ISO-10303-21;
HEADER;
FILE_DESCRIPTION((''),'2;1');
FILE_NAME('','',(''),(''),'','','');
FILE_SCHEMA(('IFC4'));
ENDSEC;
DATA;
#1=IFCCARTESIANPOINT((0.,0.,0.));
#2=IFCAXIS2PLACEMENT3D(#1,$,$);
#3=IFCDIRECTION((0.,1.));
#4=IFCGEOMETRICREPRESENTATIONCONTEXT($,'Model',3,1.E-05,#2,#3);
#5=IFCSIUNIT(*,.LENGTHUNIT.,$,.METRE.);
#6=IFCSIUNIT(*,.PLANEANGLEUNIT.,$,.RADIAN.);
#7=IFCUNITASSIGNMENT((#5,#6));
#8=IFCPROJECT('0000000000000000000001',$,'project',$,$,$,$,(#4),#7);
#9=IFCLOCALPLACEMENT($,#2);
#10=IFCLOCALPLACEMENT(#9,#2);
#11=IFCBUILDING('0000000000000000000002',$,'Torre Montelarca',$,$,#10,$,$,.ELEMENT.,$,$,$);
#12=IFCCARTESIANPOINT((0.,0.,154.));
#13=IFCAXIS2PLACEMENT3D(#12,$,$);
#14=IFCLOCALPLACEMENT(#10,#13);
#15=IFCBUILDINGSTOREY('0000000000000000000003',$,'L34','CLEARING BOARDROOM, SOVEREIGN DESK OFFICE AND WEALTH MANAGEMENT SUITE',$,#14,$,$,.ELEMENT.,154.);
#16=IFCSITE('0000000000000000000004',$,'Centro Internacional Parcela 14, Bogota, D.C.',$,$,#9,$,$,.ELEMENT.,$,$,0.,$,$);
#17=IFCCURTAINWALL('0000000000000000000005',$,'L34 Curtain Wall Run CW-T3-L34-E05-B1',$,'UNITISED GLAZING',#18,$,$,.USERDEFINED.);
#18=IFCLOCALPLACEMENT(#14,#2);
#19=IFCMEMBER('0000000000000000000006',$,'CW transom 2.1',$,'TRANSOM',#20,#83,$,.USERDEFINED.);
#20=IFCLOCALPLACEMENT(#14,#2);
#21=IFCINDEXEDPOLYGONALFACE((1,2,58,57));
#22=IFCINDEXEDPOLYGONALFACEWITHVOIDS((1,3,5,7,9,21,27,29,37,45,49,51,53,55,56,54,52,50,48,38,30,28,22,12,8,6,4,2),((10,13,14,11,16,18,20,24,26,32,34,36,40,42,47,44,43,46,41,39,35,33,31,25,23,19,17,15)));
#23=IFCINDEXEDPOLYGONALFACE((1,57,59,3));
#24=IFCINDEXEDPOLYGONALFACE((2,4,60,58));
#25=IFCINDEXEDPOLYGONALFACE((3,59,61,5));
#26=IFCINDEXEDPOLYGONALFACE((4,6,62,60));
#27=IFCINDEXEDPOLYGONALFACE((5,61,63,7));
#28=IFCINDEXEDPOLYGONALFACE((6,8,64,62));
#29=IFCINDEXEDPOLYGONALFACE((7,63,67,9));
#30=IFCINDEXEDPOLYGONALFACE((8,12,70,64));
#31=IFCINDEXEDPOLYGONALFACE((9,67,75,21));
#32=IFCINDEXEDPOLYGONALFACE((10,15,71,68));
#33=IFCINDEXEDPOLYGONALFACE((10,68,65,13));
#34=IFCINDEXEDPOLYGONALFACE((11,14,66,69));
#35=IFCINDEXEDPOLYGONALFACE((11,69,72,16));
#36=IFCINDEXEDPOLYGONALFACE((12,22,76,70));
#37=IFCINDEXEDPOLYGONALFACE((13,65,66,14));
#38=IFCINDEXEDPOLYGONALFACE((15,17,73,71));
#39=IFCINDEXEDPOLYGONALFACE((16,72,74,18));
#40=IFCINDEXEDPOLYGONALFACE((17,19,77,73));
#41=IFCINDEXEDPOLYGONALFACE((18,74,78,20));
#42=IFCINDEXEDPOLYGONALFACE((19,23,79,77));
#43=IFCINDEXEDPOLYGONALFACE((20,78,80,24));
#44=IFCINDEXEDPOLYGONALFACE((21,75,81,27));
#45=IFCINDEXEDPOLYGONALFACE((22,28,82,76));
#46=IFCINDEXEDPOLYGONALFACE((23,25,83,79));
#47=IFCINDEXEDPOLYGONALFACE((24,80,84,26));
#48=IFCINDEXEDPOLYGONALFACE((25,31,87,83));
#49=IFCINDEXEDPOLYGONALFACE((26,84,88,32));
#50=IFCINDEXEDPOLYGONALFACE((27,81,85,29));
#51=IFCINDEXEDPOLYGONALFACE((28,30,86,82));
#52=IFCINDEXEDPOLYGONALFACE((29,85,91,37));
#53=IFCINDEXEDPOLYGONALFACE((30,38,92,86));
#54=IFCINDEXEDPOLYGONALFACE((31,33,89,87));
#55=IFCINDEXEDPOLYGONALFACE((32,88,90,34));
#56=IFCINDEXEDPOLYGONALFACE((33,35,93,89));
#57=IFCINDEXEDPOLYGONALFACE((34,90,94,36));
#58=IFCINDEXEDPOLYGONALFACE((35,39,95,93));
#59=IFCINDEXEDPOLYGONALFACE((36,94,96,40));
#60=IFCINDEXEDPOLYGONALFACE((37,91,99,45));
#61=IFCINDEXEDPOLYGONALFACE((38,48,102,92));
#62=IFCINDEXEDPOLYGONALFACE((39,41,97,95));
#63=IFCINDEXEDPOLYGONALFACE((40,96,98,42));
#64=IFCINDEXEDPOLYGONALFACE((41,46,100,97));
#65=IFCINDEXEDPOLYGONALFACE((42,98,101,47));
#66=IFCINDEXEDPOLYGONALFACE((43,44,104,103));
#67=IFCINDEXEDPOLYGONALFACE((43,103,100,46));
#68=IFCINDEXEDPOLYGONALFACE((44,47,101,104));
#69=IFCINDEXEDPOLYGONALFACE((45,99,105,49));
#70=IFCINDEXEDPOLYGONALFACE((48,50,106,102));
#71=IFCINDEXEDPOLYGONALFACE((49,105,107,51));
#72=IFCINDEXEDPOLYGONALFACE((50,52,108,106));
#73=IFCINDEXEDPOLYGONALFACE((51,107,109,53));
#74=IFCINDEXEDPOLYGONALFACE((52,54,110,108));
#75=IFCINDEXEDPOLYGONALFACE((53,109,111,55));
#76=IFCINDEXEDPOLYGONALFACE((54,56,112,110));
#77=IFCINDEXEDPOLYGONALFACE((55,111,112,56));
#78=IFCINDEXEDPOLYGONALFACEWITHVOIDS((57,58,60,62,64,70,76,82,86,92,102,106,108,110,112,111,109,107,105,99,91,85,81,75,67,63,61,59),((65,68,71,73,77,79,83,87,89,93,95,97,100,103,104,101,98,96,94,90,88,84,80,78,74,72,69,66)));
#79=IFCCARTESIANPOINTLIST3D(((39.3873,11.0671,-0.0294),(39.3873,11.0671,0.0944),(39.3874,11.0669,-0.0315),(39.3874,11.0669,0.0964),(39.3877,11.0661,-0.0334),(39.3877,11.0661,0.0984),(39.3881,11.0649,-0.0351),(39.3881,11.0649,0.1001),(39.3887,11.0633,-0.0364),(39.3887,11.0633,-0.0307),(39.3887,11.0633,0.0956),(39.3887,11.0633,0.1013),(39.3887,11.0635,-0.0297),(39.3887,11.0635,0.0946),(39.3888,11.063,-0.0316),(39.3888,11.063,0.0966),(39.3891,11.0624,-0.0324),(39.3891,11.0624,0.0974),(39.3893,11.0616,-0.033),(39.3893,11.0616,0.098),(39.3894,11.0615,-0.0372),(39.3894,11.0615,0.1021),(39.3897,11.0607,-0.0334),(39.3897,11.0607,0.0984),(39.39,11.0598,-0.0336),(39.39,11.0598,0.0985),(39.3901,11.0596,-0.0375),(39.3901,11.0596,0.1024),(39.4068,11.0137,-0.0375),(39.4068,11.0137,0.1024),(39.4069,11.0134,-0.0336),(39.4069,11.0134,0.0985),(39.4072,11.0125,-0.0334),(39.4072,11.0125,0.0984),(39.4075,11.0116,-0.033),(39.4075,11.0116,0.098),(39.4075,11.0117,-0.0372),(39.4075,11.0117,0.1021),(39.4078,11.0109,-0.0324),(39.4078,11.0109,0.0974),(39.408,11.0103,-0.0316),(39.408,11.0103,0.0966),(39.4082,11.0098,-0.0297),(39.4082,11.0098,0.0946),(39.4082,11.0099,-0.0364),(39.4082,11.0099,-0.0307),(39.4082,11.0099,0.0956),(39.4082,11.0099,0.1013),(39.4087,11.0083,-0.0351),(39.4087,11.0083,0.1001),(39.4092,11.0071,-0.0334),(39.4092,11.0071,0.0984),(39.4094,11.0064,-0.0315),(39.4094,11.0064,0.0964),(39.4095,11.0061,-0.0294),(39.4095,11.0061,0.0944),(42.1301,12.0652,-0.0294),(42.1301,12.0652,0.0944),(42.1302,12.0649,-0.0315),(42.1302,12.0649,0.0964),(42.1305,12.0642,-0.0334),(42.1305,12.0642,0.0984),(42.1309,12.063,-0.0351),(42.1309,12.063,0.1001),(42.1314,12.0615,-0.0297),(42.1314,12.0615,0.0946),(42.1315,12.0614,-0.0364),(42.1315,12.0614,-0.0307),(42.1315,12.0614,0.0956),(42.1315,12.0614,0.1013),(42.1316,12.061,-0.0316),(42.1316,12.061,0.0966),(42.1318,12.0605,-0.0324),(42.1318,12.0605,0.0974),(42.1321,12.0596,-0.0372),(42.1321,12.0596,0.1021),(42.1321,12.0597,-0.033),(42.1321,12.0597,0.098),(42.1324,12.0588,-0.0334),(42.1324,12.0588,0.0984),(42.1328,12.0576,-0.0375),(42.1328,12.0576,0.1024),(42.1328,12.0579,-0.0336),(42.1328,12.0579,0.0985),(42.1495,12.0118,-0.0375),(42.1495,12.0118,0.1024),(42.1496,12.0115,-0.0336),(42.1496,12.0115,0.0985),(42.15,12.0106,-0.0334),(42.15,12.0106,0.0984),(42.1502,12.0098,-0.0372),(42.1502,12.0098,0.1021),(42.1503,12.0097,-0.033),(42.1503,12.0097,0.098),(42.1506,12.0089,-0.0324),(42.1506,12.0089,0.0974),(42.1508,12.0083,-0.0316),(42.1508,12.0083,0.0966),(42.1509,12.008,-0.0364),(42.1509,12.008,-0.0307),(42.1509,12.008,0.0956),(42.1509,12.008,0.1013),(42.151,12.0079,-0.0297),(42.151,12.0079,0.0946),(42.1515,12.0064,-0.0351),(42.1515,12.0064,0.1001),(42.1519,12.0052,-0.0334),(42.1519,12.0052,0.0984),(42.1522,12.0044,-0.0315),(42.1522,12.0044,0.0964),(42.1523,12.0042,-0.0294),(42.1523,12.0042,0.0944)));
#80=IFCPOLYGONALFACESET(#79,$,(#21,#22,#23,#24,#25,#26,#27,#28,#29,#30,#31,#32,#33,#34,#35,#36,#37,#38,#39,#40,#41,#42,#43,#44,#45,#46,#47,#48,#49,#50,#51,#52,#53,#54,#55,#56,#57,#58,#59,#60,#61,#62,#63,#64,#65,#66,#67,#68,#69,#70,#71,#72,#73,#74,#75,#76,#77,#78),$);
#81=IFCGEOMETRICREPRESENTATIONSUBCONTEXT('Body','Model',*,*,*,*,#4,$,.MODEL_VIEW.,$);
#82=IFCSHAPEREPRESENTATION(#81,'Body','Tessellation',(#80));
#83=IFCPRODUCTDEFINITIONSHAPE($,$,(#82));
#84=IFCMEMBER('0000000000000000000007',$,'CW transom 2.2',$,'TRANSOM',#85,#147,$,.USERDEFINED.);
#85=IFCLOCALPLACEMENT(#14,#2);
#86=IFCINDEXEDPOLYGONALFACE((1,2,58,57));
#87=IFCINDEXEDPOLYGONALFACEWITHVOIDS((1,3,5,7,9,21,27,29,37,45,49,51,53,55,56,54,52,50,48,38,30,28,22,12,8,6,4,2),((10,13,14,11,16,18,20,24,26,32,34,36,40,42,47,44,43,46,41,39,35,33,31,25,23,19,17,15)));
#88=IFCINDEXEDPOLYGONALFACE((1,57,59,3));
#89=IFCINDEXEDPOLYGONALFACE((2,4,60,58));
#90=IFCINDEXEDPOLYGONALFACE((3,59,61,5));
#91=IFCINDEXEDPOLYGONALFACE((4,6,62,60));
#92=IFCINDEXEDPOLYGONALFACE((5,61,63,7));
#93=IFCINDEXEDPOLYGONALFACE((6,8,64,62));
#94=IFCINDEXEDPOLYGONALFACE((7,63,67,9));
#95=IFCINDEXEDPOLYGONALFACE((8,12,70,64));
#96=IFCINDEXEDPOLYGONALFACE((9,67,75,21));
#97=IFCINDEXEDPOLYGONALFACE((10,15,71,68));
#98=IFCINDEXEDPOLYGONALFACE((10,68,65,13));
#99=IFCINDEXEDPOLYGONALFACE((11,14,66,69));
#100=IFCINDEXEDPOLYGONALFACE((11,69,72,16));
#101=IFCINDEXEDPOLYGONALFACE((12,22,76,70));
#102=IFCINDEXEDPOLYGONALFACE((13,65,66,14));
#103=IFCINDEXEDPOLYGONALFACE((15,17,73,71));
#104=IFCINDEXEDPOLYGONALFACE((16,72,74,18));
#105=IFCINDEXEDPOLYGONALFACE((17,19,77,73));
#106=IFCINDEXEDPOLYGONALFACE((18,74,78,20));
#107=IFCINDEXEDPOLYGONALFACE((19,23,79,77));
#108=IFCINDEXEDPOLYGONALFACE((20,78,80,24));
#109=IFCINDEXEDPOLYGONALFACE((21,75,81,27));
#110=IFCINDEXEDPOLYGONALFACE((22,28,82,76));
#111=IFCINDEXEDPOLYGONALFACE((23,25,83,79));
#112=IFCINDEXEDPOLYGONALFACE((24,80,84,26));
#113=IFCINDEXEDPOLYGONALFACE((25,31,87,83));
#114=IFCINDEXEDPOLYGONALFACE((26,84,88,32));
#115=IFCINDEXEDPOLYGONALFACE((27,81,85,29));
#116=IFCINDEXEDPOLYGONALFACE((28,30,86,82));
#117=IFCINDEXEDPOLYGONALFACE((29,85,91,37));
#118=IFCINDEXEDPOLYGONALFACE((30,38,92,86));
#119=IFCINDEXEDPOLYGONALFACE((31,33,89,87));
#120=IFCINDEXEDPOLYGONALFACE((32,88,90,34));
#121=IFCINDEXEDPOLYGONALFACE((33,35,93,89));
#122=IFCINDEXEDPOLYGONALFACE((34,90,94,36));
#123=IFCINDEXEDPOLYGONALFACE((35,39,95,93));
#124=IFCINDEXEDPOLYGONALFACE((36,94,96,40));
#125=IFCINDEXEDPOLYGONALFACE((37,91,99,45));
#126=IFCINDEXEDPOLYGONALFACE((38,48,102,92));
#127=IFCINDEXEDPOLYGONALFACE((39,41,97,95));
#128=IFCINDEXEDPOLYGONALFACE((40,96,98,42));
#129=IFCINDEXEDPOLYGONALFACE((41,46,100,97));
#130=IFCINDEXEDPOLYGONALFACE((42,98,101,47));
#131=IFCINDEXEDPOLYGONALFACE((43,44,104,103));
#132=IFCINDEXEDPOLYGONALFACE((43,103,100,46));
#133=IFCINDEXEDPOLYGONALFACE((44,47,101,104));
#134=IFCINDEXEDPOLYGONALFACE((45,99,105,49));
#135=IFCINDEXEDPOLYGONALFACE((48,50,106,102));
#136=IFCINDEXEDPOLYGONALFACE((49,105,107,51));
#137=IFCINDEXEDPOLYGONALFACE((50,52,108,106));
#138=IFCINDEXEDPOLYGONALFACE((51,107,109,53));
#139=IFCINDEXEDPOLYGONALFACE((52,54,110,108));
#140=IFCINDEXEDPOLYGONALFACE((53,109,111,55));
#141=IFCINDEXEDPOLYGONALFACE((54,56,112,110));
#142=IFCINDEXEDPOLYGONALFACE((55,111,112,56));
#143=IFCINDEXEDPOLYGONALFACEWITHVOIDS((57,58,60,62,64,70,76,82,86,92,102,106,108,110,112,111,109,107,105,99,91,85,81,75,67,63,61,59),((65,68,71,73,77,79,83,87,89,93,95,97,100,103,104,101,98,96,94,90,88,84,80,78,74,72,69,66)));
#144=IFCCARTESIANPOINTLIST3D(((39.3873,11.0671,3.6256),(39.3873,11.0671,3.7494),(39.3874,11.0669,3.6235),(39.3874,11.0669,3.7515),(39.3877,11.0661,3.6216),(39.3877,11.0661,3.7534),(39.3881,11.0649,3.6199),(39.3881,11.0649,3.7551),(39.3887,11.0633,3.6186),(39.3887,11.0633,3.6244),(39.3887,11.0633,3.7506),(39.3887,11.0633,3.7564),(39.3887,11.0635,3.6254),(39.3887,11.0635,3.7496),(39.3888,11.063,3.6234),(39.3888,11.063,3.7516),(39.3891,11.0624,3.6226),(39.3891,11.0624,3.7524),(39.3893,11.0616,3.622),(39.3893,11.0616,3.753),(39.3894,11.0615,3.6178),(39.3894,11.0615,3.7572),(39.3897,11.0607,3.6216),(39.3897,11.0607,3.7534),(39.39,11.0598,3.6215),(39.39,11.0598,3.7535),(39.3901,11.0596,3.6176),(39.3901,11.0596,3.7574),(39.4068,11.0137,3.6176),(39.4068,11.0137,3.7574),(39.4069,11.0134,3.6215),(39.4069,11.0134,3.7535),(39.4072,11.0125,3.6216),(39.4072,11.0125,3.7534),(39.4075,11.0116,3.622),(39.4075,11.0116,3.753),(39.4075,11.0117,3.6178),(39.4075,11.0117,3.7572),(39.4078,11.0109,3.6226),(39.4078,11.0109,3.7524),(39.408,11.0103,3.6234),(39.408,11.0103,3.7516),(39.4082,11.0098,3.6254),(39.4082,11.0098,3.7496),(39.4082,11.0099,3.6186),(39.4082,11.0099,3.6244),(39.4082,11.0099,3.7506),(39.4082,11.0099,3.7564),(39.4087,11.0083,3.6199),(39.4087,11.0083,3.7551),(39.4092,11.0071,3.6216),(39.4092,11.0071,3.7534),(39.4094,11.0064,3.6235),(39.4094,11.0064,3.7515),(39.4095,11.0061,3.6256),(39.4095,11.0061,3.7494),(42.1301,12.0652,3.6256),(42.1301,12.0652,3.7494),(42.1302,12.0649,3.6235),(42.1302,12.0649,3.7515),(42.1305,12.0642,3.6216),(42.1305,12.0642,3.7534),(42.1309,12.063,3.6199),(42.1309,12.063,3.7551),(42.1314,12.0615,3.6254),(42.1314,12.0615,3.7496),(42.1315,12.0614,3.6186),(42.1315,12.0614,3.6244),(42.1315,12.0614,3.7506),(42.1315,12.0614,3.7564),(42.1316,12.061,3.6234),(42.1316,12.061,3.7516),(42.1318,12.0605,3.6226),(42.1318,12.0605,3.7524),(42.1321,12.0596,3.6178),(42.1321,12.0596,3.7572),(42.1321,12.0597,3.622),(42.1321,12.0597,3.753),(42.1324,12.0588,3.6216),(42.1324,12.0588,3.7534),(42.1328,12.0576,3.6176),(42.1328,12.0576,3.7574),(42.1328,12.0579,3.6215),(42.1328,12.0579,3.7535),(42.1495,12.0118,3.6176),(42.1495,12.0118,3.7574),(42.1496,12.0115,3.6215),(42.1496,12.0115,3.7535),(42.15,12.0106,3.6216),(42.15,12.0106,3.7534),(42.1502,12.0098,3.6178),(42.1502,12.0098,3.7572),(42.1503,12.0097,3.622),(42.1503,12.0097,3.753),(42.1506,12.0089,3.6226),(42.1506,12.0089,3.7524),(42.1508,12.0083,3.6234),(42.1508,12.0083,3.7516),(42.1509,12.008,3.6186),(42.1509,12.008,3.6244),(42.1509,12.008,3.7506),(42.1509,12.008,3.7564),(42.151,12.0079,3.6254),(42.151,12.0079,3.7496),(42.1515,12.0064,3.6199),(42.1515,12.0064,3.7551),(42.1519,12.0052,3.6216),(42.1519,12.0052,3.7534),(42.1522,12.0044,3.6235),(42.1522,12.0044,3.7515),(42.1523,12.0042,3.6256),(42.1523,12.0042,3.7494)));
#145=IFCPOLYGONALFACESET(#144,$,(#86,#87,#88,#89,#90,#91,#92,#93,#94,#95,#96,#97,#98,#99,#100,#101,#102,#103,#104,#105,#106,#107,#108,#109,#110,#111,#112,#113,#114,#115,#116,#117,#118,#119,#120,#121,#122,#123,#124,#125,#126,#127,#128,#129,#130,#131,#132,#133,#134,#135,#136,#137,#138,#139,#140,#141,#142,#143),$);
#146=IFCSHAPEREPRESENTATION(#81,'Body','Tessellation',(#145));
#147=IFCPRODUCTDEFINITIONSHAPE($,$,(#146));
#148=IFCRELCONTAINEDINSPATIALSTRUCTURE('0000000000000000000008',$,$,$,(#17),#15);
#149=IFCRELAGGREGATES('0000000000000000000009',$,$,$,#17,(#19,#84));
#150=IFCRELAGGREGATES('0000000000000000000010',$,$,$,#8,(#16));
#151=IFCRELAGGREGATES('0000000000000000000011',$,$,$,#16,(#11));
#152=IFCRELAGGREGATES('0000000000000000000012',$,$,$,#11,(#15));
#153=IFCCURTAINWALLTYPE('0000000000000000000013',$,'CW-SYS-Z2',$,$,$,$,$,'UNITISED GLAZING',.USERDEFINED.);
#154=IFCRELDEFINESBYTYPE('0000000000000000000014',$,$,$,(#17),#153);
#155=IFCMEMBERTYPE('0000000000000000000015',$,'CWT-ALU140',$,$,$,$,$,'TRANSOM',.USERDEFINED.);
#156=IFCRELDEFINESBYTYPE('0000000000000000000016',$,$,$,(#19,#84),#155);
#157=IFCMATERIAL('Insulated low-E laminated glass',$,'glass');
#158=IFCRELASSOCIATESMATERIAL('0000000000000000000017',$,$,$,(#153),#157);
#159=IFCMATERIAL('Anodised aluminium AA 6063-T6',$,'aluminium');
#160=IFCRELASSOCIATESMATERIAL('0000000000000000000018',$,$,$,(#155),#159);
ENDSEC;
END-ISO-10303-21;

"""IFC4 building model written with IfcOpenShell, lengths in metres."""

from ifc_helpers import new_model, si_unit, direction, frame, origin, origin_2d, place, context, subcontext, project, spatial, hollow_rectangle, extrude, source, transform, mapped, material, material_profile, profile_set, type_object, element, aggregate, save


model = new_model("IFC4")

# Units and contexts
model_context = context("Model", 3, precision=1e-05, world=origin(), true_north=direction((0.0, 1.0)))
body_context = subcontext(model_context, "Body", "Model", "MODEL_VIEW")
ifc_project = project(units=[si_unit("LENGTHUNIT", "METRE"), si_unit("PLANEANGLEUNIT", "RADIAN")], contexts=[model_context])

# Site, building, storey
site_placement = place(None, origin())
site = spatial("IfcSite", under=ifc_project, at=site_placement, Name="Centro Internacional Parcela 14, Bogota, D.C.", CompositionType="ELEMENT", RefElevation=0.0)
building_placement = place(site_placement, origin())
building = spatial("IfcBuilding", under=site, at=building_placement, Name="Torre Montelarca", CompositionType="ELEMENT")
storey_placement = place(building_placement, frame((0.0, 0.0, 154.0)))
storey = spatial("IfcBuildingStorey", under=building, at=storey_placement, Name="L34", Description="CLEARING BOARDROOM, SOVEREIGN DESK OFFICE AND WEALTH MANAGEMENT SUITE", CompositionType="ELEMENT", Elevation=154.0)

# Curtain wall, members
ifc_material_1 = material(Name="Insulated low-E laminated glass", Category="glass")
curtain_wall_type = type_object("IfcCurtainWallType", Name="CW-SYS-Z2", ElementType="UNITISED GLAZING", PredefinedType="USERDEFINED", material=ifc_material_1)
curtain_wall_1_placement = place(storey_placement, origin())
curtain_wall_1 = element("IfcCurtainWall", 1, at=curtain_wall_1_placement, inside=storey, type_object=curtain_wall_type, Name="L34 Curtain Wall Run CW-T3-L34-E05-B1", ObjectType="UNITISED GLAZING", PredefinedType="USERDEFINED")
ifc_material_2 = material(Name="Anodised aluminium AA 6063-T6", Category="aluminium")
ifc_material_profile_1 = material_profile(ifc_material_2, hollow_rectangle(XDim=0.0649, YDim=0.1399, WallThickness=0.0039, InnerFilletRadius=0.0039, OuterFilletRadius=0.0081, at=origin_2d()), Name="ALU65X140X4", Category="aluminium")
ifc_profile_set_1 = profile_set([ifc_material_profile_1], Name="Anodised aluminium AA 6063-T6")
member_type_1 = type_object("IfcMemberType", Name="CWT-ALU140", ElementType="TRANSOM", PredefinedType="USERDEFINED", material=ifc_profile_set_1)
shared_shape_1 = source(origin(), body_context, "Body", "SweptSolid", [
    extrude(hollow_rectangle(XDim=0.0649, YDim=0.1399, WallThickness=0.0039, InnerFilletRadius=0.0039, OuterFilletRadius=0.0081, at=origin_2d()), origin(), (0.0, 0.0, 1.0), 2.9187),
])
member_1_placement = place(storey_placement, frame((39.3984, 11.0366, 0.0325), z_axis=(0.939715, 0.341958, 0.0), x_axis=(-0.341958, 0.939715, 0.0)))
member_1 = element("IfcMember", 2, at=member_1_placement, type_object=member_type_1, Name="CW transom 2.1", ObjectType="TRANSOM", PredefinedType="USERDEFINED", context=body_context, shape_type="MappedRepresentation", body=[
    mapped(shared_shape_1, transform((0.0, 0.0, 0.0), scale=1.0)),
])
member_2_placement = place(storey_placement, frame((39.3984, 11.0366, 3.6875), z_axis=(0.939715, 0.341958, 0.0), x_axis=(-0.341958, 0.939715, 0.0)))
member_2 = element("IfcMember", 3, at=member_2_placement, type_object=member_type_1, Name="CW transom 2.2", ObjectType="TRANSOM", PredefinedType="USERDEFINED", context=body_context, shape_type="MappedRepresentation", body=[
    mapped(shared_shape_1, transform((0.0, 0.0, 0.0), scale=1.0)),
])

aggregate(curtain_wall_1, [member_1, member_2])

save(model, "model.ifc")
